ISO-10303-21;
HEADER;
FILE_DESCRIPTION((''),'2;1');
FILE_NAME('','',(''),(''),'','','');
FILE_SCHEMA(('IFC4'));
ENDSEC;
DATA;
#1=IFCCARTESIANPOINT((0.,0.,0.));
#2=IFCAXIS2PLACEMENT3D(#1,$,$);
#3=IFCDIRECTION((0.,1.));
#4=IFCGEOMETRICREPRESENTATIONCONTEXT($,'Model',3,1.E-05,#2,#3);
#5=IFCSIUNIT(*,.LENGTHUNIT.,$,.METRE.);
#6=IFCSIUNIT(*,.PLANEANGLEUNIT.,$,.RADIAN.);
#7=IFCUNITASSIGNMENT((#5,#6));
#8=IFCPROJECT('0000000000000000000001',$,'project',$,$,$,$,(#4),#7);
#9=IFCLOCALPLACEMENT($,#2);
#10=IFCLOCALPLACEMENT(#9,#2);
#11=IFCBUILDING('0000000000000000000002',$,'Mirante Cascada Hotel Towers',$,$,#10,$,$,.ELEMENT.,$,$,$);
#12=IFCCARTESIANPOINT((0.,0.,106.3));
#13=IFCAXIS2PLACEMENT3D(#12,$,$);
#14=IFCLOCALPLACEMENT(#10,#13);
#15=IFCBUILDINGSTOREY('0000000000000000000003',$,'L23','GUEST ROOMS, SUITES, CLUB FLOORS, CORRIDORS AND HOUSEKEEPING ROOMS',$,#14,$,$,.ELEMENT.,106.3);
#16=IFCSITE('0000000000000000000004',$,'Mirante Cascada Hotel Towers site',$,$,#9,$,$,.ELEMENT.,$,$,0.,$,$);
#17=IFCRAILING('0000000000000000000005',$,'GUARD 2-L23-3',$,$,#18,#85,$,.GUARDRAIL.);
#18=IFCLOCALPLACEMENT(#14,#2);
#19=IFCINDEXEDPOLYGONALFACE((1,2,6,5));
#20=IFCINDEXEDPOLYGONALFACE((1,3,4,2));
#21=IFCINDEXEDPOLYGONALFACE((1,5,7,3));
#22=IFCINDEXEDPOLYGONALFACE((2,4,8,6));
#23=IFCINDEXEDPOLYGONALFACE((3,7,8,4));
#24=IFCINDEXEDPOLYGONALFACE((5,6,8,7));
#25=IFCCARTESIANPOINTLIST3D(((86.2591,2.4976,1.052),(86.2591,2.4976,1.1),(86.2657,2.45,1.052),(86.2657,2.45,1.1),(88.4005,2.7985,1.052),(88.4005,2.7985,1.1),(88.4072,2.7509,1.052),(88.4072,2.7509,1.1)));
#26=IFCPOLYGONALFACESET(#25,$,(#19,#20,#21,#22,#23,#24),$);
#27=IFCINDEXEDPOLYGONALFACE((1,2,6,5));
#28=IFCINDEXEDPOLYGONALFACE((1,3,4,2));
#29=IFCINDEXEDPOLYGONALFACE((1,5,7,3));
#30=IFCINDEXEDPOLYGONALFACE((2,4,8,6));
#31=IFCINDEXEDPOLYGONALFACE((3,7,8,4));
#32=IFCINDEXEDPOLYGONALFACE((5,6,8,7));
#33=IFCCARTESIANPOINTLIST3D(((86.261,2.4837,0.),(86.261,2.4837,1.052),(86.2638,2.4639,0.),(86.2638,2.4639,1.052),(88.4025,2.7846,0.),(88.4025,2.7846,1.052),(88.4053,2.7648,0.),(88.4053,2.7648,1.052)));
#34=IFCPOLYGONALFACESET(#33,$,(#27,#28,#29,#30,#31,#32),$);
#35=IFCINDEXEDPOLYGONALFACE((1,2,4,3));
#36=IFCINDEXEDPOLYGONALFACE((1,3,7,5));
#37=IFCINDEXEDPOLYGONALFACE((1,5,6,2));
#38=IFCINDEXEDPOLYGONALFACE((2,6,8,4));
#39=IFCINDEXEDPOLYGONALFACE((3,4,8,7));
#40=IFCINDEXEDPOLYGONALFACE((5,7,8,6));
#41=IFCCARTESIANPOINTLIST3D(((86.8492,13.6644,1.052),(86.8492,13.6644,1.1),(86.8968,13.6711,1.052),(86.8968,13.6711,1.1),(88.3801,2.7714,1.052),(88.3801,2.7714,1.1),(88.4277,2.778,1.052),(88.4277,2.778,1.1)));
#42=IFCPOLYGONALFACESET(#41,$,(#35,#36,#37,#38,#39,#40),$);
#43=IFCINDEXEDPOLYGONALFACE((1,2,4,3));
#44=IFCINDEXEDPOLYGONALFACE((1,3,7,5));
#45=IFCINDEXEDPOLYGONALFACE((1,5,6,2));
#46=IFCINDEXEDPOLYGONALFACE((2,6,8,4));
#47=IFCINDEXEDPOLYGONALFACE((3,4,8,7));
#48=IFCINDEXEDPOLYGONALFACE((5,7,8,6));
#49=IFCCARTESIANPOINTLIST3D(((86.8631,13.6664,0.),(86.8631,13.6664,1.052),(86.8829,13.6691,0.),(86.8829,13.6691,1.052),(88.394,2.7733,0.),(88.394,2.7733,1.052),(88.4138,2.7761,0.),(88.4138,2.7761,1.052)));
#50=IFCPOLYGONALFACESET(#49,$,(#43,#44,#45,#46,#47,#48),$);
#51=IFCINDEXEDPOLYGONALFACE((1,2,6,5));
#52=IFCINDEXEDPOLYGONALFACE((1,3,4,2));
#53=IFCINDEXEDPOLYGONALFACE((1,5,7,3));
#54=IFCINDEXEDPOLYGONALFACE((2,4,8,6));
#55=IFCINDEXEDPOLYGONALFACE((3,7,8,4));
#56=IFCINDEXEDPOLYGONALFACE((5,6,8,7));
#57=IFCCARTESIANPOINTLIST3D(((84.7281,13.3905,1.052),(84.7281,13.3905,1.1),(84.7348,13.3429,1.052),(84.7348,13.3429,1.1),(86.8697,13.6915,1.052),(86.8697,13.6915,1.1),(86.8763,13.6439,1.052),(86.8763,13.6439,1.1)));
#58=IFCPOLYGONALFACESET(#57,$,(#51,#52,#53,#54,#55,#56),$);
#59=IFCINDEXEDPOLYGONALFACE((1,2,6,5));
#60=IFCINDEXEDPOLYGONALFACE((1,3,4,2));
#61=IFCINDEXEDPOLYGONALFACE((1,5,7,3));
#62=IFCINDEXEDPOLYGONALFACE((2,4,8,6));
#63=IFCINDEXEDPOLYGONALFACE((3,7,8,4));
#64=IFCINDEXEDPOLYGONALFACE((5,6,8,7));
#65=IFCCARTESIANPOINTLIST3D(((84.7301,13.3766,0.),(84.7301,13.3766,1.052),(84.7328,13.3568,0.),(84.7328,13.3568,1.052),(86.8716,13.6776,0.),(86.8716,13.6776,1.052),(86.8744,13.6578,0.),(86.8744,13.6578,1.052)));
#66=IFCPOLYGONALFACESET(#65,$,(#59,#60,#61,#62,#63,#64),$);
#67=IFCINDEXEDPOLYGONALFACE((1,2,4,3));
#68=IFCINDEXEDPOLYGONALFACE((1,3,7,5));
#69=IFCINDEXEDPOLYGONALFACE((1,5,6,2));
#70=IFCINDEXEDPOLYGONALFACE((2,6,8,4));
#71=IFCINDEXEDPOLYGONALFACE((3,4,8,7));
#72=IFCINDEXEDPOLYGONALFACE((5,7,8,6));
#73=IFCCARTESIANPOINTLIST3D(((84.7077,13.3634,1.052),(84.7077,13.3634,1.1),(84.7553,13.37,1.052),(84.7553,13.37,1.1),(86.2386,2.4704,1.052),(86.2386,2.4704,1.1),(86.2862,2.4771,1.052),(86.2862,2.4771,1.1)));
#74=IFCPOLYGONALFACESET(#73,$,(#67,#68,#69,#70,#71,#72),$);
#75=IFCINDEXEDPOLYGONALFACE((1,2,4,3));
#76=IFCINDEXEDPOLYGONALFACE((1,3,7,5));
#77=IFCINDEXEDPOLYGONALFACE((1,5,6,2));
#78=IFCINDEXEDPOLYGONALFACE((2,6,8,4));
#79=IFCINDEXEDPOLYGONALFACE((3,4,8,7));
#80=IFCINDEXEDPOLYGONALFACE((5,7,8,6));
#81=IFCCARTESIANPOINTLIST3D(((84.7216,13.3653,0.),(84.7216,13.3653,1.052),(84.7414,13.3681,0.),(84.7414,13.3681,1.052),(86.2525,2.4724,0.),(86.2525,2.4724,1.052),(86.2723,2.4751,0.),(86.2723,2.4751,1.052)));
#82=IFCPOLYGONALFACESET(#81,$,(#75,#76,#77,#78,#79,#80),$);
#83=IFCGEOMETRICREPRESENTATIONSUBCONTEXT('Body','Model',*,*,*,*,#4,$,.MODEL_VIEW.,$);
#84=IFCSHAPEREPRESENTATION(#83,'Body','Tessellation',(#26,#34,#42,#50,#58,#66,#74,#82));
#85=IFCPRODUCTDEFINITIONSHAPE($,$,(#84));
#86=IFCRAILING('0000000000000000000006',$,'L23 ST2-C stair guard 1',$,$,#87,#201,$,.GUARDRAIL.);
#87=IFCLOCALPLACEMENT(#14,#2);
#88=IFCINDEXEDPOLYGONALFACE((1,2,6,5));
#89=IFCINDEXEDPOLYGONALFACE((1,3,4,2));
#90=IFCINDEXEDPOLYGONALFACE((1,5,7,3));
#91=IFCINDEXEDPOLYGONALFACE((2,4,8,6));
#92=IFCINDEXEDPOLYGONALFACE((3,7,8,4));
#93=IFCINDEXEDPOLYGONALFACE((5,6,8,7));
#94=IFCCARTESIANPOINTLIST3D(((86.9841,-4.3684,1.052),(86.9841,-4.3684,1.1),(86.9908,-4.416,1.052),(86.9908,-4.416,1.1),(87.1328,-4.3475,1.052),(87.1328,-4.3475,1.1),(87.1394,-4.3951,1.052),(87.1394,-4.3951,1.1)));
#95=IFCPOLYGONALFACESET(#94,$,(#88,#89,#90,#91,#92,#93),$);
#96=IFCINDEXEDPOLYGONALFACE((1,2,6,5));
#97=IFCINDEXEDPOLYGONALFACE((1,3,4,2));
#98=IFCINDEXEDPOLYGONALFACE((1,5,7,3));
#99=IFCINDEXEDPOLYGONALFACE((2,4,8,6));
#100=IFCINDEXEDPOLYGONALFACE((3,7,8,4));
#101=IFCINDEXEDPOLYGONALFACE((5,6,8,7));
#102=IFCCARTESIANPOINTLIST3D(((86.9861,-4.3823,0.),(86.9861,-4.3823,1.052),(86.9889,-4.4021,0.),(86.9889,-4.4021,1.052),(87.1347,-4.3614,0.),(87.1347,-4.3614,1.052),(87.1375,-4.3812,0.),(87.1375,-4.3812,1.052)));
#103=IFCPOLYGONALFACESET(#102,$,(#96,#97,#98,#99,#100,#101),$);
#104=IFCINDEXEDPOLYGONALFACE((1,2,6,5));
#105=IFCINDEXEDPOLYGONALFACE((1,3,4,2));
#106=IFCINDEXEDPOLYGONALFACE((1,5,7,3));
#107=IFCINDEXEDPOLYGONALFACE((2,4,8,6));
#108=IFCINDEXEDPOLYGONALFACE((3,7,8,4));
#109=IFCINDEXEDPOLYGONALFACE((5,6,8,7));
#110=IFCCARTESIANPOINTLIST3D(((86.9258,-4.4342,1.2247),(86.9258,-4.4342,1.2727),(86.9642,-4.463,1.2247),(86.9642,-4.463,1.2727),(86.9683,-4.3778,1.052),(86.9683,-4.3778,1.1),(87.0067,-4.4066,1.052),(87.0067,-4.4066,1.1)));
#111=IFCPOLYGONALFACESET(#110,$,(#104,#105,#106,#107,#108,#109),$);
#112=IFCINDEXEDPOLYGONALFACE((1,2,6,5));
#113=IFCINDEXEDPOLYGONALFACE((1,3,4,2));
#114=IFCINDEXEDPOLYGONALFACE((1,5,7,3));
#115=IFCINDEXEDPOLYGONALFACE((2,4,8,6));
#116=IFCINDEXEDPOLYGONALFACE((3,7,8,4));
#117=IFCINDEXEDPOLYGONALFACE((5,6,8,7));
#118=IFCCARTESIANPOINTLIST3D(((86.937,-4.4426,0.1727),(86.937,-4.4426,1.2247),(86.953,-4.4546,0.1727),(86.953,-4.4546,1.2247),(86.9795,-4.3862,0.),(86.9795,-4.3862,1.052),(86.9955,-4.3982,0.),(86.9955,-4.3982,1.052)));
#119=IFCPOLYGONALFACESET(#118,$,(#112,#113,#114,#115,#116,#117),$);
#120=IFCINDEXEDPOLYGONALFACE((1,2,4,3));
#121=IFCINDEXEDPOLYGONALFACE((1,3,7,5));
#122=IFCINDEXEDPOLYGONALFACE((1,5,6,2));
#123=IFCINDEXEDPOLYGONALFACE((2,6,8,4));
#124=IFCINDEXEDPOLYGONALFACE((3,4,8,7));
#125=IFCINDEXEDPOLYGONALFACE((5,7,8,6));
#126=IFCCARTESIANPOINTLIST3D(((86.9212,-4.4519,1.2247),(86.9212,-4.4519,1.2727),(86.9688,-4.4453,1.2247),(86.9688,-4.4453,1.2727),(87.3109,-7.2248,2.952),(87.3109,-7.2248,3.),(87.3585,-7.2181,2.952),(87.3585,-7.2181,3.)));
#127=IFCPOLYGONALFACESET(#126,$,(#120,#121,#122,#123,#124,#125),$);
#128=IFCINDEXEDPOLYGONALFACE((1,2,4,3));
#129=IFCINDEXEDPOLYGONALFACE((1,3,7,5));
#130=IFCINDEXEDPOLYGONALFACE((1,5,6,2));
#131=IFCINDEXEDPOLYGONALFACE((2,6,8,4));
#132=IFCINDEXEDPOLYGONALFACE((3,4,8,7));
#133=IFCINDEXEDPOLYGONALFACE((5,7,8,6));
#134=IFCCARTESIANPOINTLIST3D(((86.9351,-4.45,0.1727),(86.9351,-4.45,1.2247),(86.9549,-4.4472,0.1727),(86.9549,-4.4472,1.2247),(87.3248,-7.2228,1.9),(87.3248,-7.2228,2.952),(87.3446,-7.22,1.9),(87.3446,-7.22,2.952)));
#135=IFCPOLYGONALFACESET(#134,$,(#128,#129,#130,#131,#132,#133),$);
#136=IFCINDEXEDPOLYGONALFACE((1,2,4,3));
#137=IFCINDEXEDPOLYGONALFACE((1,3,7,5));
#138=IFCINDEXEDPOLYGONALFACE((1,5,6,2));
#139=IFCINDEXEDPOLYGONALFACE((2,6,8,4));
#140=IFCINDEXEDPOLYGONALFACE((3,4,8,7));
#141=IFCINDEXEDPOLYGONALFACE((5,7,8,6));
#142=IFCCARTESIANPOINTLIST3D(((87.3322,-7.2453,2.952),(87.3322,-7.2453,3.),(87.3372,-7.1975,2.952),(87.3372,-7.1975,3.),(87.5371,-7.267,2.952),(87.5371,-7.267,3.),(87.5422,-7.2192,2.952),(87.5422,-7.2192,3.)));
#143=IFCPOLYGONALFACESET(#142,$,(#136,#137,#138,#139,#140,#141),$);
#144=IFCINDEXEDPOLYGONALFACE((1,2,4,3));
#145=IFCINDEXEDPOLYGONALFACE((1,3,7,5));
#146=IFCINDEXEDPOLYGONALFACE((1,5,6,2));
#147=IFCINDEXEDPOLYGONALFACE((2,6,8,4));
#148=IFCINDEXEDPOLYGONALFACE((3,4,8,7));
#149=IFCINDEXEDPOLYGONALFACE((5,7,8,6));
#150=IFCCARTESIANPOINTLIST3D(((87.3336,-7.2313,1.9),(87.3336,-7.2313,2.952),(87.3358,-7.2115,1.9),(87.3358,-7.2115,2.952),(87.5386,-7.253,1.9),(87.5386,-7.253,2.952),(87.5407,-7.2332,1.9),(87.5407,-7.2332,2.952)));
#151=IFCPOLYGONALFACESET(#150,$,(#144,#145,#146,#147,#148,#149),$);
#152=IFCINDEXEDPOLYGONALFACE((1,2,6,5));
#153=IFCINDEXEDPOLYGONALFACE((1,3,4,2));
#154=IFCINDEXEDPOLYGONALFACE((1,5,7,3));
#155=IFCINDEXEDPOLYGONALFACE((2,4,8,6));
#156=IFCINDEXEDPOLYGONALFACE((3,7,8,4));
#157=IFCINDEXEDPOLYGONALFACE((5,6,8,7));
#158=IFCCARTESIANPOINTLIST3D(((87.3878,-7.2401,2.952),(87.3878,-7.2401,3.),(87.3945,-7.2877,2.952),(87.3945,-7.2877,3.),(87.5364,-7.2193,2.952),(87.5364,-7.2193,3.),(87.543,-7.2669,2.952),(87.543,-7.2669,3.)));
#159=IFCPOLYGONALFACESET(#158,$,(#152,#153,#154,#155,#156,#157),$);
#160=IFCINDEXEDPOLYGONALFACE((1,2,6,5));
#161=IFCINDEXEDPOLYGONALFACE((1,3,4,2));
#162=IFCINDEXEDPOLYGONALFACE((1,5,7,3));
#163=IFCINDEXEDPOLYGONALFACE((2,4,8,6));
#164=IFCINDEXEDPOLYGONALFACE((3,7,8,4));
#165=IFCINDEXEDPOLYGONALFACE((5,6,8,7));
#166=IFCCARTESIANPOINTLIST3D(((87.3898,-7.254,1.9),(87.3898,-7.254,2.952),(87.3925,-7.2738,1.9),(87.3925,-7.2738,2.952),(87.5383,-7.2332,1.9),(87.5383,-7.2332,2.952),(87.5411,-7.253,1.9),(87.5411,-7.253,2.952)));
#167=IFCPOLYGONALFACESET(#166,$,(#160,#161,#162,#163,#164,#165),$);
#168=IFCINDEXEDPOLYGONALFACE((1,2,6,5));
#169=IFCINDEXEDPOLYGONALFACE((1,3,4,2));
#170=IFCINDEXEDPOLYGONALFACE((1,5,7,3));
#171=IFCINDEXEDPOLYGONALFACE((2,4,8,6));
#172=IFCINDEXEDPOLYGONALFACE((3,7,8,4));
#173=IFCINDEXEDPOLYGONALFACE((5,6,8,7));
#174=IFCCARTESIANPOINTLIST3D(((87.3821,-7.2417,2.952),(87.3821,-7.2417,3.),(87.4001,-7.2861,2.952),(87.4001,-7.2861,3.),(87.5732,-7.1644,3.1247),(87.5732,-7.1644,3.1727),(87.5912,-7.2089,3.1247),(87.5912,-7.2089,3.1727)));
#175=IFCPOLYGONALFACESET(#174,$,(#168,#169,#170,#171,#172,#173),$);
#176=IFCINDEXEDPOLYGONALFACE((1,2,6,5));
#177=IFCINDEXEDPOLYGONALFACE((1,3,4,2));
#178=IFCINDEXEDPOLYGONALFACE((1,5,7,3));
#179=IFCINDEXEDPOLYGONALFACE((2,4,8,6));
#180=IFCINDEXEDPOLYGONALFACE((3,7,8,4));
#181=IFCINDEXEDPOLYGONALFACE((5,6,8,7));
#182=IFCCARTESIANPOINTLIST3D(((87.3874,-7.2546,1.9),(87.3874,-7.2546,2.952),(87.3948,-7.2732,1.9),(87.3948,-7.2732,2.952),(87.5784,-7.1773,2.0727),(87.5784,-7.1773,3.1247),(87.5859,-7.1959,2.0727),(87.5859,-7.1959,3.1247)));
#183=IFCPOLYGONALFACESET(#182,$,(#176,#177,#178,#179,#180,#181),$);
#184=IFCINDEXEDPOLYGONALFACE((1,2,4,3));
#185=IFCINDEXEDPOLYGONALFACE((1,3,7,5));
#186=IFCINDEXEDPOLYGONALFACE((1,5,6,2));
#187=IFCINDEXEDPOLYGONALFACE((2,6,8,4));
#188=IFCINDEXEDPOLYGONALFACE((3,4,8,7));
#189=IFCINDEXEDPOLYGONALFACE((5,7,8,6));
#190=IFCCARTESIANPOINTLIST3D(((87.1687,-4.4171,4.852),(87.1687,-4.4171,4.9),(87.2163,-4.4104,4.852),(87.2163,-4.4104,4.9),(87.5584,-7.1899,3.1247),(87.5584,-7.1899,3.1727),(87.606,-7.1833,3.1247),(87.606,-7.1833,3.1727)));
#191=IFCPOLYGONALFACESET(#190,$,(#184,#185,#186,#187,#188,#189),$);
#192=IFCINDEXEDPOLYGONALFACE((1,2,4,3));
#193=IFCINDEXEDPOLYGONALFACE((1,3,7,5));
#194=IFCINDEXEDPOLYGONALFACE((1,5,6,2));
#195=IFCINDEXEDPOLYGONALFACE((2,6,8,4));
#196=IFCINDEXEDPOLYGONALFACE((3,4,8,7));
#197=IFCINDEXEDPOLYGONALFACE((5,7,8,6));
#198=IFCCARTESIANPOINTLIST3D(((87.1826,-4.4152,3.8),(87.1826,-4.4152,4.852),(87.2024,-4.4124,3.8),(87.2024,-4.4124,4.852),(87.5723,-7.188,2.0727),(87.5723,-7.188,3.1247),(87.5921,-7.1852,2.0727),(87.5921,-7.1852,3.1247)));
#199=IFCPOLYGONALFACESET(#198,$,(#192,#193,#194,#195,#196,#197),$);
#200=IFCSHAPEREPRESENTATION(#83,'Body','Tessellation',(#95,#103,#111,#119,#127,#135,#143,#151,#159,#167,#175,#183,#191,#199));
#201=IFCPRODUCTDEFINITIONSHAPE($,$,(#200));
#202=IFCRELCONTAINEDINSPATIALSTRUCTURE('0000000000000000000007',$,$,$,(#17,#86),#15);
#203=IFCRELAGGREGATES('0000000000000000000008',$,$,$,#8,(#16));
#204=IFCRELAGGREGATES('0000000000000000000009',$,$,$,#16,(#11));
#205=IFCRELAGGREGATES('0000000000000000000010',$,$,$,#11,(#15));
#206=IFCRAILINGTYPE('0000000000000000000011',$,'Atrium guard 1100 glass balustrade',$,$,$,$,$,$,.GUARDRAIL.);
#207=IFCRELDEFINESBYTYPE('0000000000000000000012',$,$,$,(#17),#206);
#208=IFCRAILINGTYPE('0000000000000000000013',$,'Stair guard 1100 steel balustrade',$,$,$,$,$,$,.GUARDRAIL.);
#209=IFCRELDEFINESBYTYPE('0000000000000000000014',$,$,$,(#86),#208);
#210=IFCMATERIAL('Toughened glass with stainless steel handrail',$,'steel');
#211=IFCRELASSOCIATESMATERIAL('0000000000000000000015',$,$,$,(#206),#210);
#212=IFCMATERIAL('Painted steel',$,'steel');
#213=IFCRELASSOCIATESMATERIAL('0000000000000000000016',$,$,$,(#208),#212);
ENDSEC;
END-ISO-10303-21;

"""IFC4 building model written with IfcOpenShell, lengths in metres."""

from ifc_helpers import new_model, si_unit, direction, frame, origin, origin_2d, place, context, subcontext, project, spatial, rectangle, extrude, material, type_object, element, save


model = new_model("IFC4")

# Units and contexts
model_context = context("Model", 3, precision=1e-05, world=origin(), true_north=direction((0.0, 1.0)))
body_context = subcontext(model_context, "Body", "Model", "MODEL_VIEW")
ifc_project = project(units=[si_unit("LENGTHUNIT", "METRE"), si_unit("PLANEANGLEUNIT", "RADIAN")], contexts=[model_context])

# Site, building, storey
site_placement = place(None, origin())
site = spatial("IfcSite", under=ifc_project, at=site_placement, Name="Mirante Cascada Hotel Towers site", CompositionType="ELEMENT", RefElevation=0.0)
building_placement = place(site_placement, origin())
building = spatial("IfcBuilding", under=site, at=building_placement, Name="Mirante Cascada Hotel Towers", CompositionType="ELEMENT")
storey_placement = place(building_placement, frame((0.0, 0.0, 106.3)))
storey = spatial("IfcBuildingStorey", under=building, at=storey_placement, Name="L23", Description="GUEST ROOMS, SUITES, CLUB FLOORS, CORRIDORS AND HOUSEKEEPING ROOMS", CompositionType="ELEMENT", Elevation=106.3)

# Railings
ifc_material_1 = material(Name="Toughened glass with stainless steel handrail", Category="steel")
railing_type_1 = type_object("IfcRailingType", Name="Atrium guard 1100 glass balustrade", PredefinedType="GUARDRAIL", material=ifc_material_1)
railing_1_placement = place(storey_placement, frame((86.2624, 2.4738, 0.0)))
element("IfcRailing", 1, at=railing_1_placement, inside=storey, type_object=railing_type_1, Name="GUARD 2-L23-3", PredefinedType="GUARDRAIL", context=body_context, shape_type="SweptSolid", body=[
    extrude(rectangle(XDim=0.048, YDim=0.048, at=origin_2d()), frame((0.0, 0.0, 1.076), z_axis=(0.990272, 0.139142, 0.0), x_axis=(-0.139142, 0.990272, 0.0)), (0.0, 0.0, 1.0), 2.1625),
    extrude(rectangle(XDim=0.02, YDim=1.052, at=origin_2d()), frame((0.0, 0.0, 0.526), z_axis=(0.990272, 0.139142, 0.0), x_axis=(-0.139142, 0.990272, 0.0)), (0.0, 0.0, 1.0), 2.1625),
    extrude(rectangle(XDim=0.048, YDim=0.048, at=origin_2d()), frame((2.1415, 0.3009, 1.076), z_axis=(-0.139172, 0.990268, 0.0), x_axis=(-0.990268, -0.139172, 0.0)), (0.0, 0.0, 1.0), 11.0001),
    extrude(rectangle(XDim=0.02, YDim=1.052, at=origin_2d()), frame((2.1415, 0.3009, 0.526), z_axis=(-0.139172, 0.990268, 0.0), x_axis=(-0.990268, -0.139172, 0.0)), (0.0, 0.0, 1.0), 11.0001),
    extrude(rectangle(XDim=0.048, YDim=0.048, at=origin_2d()), frame((0.6106, 11.1939, 1.076), z_axis=(-0.990266, -0.139187, 0.0), x_axis=(0.139187, -0.990266, 0.0)), (0.0, 0.0, 1.0), 2.1626),
    extrude(rectangle(XDim=0.02, YDim=1.052, at=origin_2d()), frame((0.6106, 11.1939, 0.526), z_axis=(-0.990266, -0.139187, 0.0), x_axis=(0.139187, -0.990266, 0.0)), (0.0, 0.0, 1.0), 2.1626),
    extrude(rectangle(XDim=0.048, YDim=0.048, at=origin_2d()), frame((-1.5309, 10.8929, 1.076), z_axis=(0.139173, -0.990268, 0.0), x_axis=(0.990268, 0.139173, 0.0)), (0.0, 0.0, 1.0), 11.0),
    extrude(rectangle(XDim=0.02, YDim=1.052, at=origin_2d()), frame((-1.5309, 10.8929, 0.526), z_axis=(0.139173, -0.990268, 0.0), x_axis=(0.990268, 0.139173, 0.0)), (0.0, 0.0, 1.0), 11.0),
])
ifc_material_2 = material(Name="Painted steel", Category="steel")
railing_type_2 = type_object("IfcRailingType", Name="Stair guard 1100 steel balustrade", PredefinedType="GUARDRAIL", material=ifc_material_2)
railing_2_placement = place(storey_placement, frame((87.1361, -4.3713, 0.0)))
element("IfcRailing", 2, at=railing_2_placement, inside=storey, type_object=railing_type_2, Name="L23 ST2-C stair guard 1", PredefinedType="GUARDRAIL", context=body_context, shape_type="SweptSolid", body=[
    extrude(rectangle(XDim=0.048, YDim=0.048, at=origin_2d()), frame((0.0, 0.0, 1.076), z_axis=(-0.990254, -0.139275, 0.0), x_axis=(0.139275, -0.990254, 0.0)), (0.0, 0.0, 1.0), 0.1501),
    extrude(rectangle(XDim=0.02, YDim=1.052, at=origin_2d()), frame((0.0, 0.0, 0.526), z_axis=(-0.990254, -0.139275, 0.0), x_axis=(0.139275, -0.990254, 0.0)), (0.0, 0.0, 1.0), 0.1501),
    extrude(rectangle(XDim=0.048, YDim=0.048, at=origin_2d()), frame((-0.1486, -0.0209, 1.076), z_axis=(-0.601811, -0.798639, 0.0), x_axis=(0.798639, -0.601811, 0.0)), (0.0, 0.925603, 0.378496), 0.1866),
    extrude(rectangle(XDim=0.02, YDim=1.052, at=origin_2d()), frame((-0.1486, -0.0209, 0.526), z_axis=(-0.601811, -0.798639, 0.0), x_axis=(0.798639, -0.601811, 0.0)), (0.0, 0.925603, 0.378496), 0.1866),
    extrude(rectangle(XDim=0.048, YDim=0.048, at=origin_2d()), frame((-0.1911, -0.0773, 1.2487), z_axis=(0.139176, -0.990268, 0.0), x_axis=(0.990268, 0.139176, 0.0)), (0.0, 0.525021, 0.851089), 3.29),
    extrude(rectangle(XDim=0.02, YDim=1.052, at=origin_2d()), frame((-0.1911, -0.0773, 0.6987), z_axis=(0.139176, -0.990268, 0.0), x_axis=(0.990268, 0.139176, 0.0)), (0.0, 0.525021, 0.851089), 3.29),
    extrude(rectangle(XDim=0.048, YDim=0.048, at=origin_2d()), frame((0.1986, -2.8501, 2.976), z_axis=(0.994444, -0.105266, 0.0), x_axis=(0.105266, 0.994444, 0.0)), (0.0, 0.0, 1.0), 0.2061),
    extrude(rectangle(XDim=0.02, YDim=1.052, at=origin_2d()), frame((0.1986, -2.8501, 2.426), z_axis=(0.994444, -0.105266, 0.0), x_axis=(0.105266, 0.994444, 0.0)), (0.0, 0.0, 1.0), 0.2061),
    extrude(rectangle(XDim=0.048, YDim=0.048, at=origin_2d()), frame((0.4036, -2.8718, 2.976), z_axis=(-0.990345, -0.138622, 0.0), x_axis=(0.138622, -0.990345, 0.0)), (0.0, 0.0, 1.0), 0.15),
    extrude(rectangle(XDim=0.02, YDim=1.052, at=origin_2d()), frame((0.4036, -2.8718, 2.426), z_axis=(-0.990345, -0.138622, 0.0), x_axis=(0.138622, -0.990345, 0.0)), (0.0, 0.0, 1.0), 0.15),
    extrude(rectangle(XDim=0.048, YDim=0.048, at=origin_2d()), frame((0.255, -2.8926, 2.976), z_axis=(0.927031, 0.374984, 0.0), x_axis=(-0.374984, 0.927031, 0.0)), (0.0, 0.64219, 0.766545), 0.2689),
    extrude(rectangle(XDim=0.02, YDim=1.052, at=origin_2d()), frame((0.255, -2.8926, 2.426), z_axis=(0.927031, 0.374984, 0.0), x_axis=(-0.374984, 0.927031, 0.0)), (0.0, 0.64219, 0.766545), 0.2689),
    extrude(rectangle(XDim=0.048, YDim=0.048, at=origin_2d()), frame((0.4461, -2.8153, 3.1487), z_axis=(-0.139176, 0.990268, 0.0), x_axis=(-0.990268, -0.139176, 0.0)), (0.0, 0.525021, 0.851089), 3.29),
    extrude(rectangle(XDim=0.02, YDim=1.052, at=origin_2d()), frame((0.4461, -2.8153, 2.5987), z_axis=(-0.139176, 0.990268, 0.0), x_axis=(-0.990268, -0.139176, 0.0)), (0.0, 0.525021, 0.851089), 3.29),
])

save(model, "model.ifc")
